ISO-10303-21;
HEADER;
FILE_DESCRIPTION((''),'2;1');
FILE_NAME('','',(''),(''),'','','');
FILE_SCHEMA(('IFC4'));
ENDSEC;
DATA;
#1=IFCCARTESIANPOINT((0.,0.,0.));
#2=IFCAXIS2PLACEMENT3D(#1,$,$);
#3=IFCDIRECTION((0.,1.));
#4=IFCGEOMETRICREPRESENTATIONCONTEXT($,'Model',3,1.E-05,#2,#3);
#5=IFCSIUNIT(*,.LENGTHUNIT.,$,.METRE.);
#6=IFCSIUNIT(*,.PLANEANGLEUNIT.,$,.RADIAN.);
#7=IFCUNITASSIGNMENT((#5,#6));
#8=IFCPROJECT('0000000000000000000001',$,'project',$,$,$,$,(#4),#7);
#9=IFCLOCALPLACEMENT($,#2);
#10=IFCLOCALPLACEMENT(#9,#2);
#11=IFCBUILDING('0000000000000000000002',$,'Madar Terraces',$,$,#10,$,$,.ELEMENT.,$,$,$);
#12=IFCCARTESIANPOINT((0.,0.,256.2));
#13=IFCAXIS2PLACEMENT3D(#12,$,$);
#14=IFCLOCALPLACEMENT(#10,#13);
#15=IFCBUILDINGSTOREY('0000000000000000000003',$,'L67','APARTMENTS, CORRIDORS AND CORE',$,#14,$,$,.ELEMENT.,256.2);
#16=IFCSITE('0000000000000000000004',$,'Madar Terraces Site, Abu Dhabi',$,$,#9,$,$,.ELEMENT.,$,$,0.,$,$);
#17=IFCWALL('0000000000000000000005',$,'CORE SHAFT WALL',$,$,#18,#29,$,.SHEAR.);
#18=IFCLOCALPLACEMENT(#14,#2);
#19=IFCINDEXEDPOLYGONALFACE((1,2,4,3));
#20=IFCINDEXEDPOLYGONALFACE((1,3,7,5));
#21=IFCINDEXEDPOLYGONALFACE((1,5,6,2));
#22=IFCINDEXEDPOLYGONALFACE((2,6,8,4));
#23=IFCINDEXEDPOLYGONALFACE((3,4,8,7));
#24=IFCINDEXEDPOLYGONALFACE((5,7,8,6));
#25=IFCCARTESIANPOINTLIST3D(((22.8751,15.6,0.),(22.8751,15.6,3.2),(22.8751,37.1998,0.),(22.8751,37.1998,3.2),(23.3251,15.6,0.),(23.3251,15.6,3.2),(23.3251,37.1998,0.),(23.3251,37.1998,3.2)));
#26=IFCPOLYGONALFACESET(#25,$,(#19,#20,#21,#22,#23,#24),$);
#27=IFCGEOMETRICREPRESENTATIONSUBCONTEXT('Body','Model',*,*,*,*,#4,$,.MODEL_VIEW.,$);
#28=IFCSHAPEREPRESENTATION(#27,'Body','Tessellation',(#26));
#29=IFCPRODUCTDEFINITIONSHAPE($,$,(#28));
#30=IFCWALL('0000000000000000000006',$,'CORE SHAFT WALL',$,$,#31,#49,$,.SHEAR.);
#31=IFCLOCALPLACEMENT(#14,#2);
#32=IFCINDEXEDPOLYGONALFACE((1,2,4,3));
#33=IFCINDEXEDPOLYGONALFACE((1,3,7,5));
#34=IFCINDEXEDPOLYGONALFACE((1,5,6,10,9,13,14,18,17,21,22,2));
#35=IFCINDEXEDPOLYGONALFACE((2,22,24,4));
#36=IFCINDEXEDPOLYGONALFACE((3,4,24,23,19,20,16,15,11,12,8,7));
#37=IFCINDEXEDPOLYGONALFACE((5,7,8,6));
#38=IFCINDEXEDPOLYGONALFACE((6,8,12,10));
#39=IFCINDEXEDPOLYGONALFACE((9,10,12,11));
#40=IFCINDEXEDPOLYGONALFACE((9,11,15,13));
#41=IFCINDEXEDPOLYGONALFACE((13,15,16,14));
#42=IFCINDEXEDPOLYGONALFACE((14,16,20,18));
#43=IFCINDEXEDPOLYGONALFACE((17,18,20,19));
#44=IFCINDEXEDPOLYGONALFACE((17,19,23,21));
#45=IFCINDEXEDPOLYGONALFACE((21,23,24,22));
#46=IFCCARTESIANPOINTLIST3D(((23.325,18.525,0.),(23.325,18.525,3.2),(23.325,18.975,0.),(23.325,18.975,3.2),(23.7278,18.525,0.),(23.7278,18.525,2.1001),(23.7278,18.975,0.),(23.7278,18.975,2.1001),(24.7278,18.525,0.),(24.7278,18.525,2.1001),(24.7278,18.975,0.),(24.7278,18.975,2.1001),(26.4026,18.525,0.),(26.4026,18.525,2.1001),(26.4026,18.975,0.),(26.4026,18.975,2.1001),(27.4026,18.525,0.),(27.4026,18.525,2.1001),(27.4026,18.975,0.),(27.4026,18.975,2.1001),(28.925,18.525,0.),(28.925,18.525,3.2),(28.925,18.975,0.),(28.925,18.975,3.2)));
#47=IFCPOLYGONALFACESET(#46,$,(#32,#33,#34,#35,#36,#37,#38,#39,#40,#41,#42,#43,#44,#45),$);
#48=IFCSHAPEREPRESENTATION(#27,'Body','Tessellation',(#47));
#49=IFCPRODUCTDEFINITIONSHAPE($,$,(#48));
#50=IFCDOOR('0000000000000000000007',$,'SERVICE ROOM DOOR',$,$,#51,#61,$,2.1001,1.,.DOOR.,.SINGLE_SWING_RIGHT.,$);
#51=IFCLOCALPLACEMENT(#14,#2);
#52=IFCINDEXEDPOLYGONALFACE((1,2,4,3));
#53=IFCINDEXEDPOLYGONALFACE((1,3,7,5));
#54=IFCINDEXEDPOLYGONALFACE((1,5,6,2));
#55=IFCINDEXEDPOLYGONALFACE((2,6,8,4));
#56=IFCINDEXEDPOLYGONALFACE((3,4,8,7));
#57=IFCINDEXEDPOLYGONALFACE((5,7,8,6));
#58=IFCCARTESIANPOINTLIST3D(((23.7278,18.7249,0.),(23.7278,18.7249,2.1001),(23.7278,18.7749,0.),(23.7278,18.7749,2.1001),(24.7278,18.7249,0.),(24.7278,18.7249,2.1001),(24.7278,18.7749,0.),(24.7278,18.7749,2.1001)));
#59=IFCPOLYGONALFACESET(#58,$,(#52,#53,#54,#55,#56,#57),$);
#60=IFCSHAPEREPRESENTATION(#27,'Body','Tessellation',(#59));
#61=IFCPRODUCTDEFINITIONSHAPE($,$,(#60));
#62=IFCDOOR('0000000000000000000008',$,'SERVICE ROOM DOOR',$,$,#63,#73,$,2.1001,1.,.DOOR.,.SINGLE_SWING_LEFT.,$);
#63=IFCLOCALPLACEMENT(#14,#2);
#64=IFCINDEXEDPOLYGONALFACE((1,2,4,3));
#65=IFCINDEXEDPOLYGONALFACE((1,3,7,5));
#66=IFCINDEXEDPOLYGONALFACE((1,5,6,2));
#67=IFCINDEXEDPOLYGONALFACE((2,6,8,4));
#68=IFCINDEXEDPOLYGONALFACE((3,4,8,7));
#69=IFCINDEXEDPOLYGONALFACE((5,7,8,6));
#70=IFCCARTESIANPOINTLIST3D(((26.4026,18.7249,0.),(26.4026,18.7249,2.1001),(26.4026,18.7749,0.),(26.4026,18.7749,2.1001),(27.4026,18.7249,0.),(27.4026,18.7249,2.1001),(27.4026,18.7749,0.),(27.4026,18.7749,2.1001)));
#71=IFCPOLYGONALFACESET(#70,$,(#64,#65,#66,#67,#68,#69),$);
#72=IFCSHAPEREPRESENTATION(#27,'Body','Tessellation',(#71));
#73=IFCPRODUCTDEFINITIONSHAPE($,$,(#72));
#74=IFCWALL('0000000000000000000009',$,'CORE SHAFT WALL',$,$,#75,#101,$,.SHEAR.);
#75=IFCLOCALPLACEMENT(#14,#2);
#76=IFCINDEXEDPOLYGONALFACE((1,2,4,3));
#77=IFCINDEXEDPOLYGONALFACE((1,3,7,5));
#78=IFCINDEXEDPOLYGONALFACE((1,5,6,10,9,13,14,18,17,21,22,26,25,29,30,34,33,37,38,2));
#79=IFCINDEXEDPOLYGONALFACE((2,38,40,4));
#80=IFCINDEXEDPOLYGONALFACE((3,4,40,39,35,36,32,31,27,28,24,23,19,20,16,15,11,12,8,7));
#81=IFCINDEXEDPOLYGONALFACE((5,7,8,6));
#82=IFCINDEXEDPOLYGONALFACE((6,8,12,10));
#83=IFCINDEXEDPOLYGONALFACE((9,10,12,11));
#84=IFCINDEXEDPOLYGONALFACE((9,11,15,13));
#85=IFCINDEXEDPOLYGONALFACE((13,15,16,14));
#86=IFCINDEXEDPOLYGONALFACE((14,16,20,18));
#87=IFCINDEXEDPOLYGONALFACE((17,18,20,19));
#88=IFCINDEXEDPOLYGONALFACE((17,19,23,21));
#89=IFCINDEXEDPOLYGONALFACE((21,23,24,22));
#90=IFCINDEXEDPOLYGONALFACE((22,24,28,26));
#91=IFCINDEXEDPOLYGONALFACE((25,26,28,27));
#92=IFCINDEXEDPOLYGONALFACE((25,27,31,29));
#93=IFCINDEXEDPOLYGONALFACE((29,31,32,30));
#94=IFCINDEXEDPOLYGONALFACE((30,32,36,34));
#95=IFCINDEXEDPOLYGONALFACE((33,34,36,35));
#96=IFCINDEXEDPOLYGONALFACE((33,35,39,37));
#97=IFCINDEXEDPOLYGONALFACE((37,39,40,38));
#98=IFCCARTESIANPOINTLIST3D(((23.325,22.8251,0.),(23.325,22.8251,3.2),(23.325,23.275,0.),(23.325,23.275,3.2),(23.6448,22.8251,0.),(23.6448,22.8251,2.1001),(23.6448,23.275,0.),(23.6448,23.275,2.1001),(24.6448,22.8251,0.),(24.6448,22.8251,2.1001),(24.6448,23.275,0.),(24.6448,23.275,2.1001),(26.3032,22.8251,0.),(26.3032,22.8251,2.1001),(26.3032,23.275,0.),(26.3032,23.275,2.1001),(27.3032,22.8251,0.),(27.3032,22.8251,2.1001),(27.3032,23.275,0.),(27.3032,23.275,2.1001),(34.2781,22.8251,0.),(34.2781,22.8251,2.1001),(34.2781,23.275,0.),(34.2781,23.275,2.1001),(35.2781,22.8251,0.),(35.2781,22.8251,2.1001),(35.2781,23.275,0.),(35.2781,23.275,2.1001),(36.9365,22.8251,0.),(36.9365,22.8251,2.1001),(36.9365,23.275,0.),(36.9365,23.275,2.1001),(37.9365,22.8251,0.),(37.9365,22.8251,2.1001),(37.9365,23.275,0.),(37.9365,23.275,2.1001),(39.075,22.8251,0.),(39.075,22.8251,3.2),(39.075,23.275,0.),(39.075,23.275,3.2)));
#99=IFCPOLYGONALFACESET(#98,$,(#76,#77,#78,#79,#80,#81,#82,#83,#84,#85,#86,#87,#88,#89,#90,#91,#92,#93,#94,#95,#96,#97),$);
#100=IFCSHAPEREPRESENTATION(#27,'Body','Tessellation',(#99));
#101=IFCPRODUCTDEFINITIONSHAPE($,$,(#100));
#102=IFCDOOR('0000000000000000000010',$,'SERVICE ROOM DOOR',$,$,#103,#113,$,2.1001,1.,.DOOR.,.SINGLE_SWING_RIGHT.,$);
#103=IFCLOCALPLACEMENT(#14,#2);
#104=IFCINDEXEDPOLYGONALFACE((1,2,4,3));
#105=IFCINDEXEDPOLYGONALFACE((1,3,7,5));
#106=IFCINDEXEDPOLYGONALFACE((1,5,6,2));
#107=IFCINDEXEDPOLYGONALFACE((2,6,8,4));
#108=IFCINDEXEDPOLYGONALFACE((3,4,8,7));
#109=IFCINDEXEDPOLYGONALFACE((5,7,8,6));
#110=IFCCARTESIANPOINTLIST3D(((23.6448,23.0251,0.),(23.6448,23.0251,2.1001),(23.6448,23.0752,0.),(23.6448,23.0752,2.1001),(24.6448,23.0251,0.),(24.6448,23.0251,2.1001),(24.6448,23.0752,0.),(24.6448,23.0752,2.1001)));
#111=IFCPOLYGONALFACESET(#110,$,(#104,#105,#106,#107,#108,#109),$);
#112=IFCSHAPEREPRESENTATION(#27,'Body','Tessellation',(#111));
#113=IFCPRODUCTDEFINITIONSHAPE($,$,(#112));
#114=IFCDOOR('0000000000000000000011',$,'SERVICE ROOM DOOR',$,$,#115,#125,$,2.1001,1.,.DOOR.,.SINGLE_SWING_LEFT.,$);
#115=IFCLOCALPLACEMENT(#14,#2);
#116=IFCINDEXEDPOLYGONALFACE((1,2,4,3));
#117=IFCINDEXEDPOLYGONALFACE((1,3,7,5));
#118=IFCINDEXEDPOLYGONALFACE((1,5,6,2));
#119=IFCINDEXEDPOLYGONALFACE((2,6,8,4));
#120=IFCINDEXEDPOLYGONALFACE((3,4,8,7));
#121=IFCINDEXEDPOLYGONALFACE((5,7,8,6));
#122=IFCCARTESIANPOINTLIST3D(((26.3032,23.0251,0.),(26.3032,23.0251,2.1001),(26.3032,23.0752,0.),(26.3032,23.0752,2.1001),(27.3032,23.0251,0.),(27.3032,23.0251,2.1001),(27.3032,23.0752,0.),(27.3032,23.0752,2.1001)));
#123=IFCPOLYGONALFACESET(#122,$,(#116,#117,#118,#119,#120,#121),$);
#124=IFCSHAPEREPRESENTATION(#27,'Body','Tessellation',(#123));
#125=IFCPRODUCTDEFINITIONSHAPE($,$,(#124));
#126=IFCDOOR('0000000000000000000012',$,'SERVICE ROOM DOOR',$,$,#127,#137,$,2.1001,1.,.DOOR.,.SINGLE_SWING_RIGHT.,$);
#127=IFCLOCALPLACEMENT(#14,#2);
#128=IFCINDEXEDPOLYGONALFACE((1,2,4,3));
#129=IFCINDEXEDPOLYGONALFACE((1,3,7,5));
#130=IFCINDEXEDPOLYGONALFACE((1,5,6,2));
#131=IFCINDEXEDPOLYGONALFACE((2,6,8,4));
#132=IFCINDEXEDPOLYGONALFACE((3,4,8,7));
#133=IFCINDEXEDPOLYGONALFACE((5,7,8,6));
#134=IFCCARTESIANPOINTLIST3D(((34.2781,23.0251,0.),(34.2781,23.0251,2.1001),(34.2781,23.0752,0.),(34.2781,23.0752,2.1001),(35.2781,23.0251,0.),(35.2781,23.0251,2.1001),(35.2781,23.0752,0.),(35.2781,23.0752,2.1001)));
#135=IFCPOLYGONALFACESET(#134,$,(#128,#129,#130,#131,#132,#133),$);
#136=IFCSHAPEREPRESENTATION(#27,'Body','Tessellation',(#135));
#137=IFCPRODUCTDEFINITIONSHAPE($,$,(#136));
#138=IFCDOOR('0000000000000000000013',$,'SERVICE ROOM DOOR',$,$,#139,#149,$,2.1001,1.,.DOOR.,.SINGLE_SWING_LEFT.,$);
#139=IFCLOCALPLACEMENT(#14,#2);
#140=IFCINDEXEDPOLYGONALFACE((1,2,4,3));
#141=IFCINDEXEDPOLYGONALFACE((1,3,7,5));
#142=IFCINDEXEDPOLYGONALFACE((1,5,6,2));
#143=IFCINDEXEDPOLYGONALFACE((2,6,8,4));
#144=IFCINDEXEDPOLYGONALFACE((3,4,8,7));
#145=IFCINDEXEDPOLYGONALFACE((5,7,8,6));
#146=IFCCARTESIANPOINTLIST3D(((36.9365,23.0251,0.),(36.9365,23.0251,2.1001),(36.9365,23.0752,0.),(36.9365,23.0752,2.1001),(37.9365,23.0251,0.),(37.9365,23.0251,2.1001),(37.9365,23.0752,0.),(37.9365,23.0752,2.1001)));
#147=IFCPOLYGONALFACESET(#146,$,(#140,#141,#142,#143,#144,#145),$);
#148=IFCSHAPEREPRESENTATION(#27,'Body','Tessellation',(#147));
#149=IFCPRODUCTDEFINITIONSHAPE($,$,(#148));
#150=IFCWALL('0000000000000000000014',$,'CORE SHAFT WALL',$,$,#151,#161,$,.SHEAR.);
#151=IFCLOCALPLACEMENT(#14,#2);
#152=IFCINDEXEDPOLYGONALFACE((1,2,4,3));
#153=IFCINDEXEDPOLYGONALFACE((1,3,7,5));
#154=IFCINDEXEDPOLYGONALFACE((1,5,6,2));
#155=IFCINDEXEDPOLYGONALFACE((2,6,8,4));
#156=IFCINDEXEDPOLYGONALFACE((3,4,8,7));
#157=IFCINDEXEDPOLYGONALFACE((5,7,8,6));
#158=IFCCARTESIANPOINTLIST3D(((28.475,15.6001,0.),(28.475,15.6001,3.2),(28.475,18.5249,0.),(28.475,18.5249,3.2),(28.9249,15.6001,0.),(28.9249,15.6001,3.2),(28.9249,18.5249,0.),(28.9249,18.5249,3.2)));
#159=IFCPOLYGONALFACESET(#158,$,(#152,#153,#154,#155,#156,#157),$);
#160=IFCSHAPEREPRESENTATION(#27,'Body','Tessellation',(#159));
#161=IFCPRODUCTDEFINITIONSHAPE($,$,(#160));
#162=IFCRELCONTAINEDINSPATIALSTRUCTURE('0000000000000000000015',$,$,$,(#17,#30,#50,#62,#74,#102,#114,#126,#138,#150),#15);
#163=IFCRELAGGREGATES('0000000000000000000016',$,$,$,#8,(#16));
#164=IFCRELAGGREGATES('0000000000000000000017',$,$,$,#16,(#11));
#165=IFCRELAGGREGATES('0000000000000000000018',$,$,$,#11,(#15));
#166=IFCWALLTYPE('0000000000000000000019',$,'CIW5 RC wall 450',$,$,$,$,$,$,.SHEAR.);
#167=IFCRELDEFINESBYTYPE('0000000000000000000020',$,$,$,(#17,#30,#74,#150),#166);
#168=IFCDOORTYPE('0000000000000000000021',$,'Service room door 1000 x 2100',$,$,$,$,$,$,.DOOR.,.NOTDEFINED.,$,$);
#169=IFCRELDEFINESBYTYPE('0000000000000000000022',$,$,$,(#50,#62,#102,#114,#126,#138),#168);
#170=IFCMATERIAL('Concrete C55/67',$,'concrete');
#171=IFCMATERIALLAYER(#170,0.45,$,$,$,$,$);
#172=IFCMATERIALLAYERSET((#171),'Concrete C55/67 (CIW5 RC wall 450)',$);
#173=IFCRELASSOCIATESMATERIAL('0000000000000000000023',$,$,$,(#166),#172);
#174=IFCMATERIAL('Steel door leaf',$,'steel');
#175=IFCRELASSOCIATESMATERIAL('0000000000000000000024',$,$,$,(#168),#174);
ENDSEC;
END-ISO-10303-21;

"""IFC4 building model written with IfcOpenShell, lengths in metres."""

from ifc_helpers import new_model, si_unit, direction, frame, frame_2d, origin, place, context, subcontext, project, spatial, rectangle, extrude, material, layer, layer_set, type_object, element, fill, save


model = new_model("IFC4")

# Units and contexts
model_context = context("Model", 3, precision=1e-05, world=origin(), true_north=direction((0.0, 1.0)))
body_context = subcontext(model_context, "Body", "Model", "MODEL_VIEW")
ifc_project = project(units=[si_unit("LENGTHUNIT", "METRE"), si_unit("PLANEANGLEUNIT", "RADIAN")], contexts=[model_context])

# Site, building, storey
site_placement = place(None, origin())
site = spatial("IfcSite", under=ifc_project, at=site_placement, Name="Madar Terraces Site, Abu Dhabi", CompositionType="ELEMENT", RefElevation=0.0)
building_placement = place(site_placement, origin())
building = spatial("IfcBuilding", under=site, at=building_placement, Name="Madar Terraces", CompositionType="ELEMENT")
storey_placement = place(building_placement, frame((0.0, 0.0, 256.2)))
storey = spatial("IfcBuildingStorey", under=building, at=storey_placement, Name="L67", Description="APARTMENTS, CORRIDORS AND CORE", CompositionType="ELEMENT", Elevation=256.2)

# Wall
ifc_material_1 = material(Name="Concrete C55/67", Category="concrete")
ifc_layer_1 = layer(ifc_material_1, 0.45)
ifc_layer_set_1 = layer_set([ifc_layer_1], Name="Concrete C55/67 (CIW5 RC wall 450)")
wall_type_1 = type_object("IfcWallType", Name="CIW5 RC wall 450", PredefinedType="SHEAR", material=ifc_layer_set_1)
wall_1_placement = place(storey_placement, frame((23.1001, 15.6001, 0.0), z_axis=(0.0, 0.0, 1.0), x_axis=(0.0, 1.0, 0.0)))
element("IfcWall", 1, at=wall_1_placement, inside=storey, type_object=wall_type_1, Name="CORE SHAFT WALL", PredefinedType="SHEAR", context=body_context, shape_type="SweptSolid", body=[
    extrude(rectangle(XDim=21.5999, YDim=0.45, at=frame_2d((10.7998, 0.0))), origin(), (0.0, 0.0, 1.0), 3.2),
])

# Walls, openings, doors
wall_2_placement = place(storey_placement, frame((23.325, 18.75, 0.0), z_axis=(0.0, 0.0, 1.0), x_axis=(1.0, 0.0, 0.0)))
wall_2 = element("IfcWall", 2, at=wall_2_placement, inside=storey, type_object=wall_type_1, Name="CORE SHAFT WALL", PredefinedType="SHEAR", context=body_context, shape_type="SweptSolid", body=[
    extrude(rectangle(XDim=5.6001, YDim=0.45, at=frame_2d((2.8, 0.0))), origin(), (0.0, 0.0, 1.0), 3.2),
])
opening_1_placement = place(wall_2_placement, frame((0.4028, 0.0, 0.0)))
opening_1 = element("IfcOpeningElement", 3, at=opening_1_placement, cuts=wall_2, PredefinedType="OPENING", context=body_context, shape_type="SweptSolid", body=[
    extrude(rectangle(XDim=1.0, YDim=2.1001, at=frame_2d((0.5, 1.05))), frame((0.0, 0.2349, 0.0), z_axis=(0.0, -1.0, 0.0), x_axis=(1.0, 0.0, 0.0)), (0.0, 0.0, 1.0), 0.47),
])
opening_2_placement = place(wall_2_placement, frame((3.0776, 0.0, 0.0)))
opening_2 = element("IfcOpeningElement", 4, at=opening_2_placement, cuts=wall_2, PredefinedType="OPENING", context=body_context, shape_type="SweptSolid", body=[
    extrude(rectangle(XDim=1.0, YDim=2.1001, at=frame_2d((0.5, 1.05))), frame((0.0, 0.2349, 0.0), z_axis=(0.0, -1.0, 0.0), x_axis=(1.0, 0.0, 0.0)), (0.0, 0.0, 1.0), 0.47),
])
ifc_material_2 = material(Name="Steel door leaf", Category="steel")
door_type = type_object("IfcDoorType", Name="Service room door 1000 x 2100", OperationType="NOTDEFINED", PredefinedType="DOOR", material=ifc_material_2)
door_1_placement = place(opening_1_placement, origin())
door_1 = element("IfcDoor", 5, at=door_1_placement, inside=storey, type_object=door_type, Name="SERVICE ROOM DOOR", OperationType="SINGLE_SWING_RIGHT", OverallHeight=2.1001, OverallWidth=1.0, PredefinedType="DOOR", context=body_context, shape_type="SweptSolid", body=[
    extrude(rectangle(XDim=1.0, YDim=2.1001, at=frame_2d((0.5, 1.05))), frame((0.0, 0.0249, 0.0), z_axis=(0.0, -1.0, 0.0), x_axis=(1.0, 0.0, 0.0)), (0.0, 0.0, 1.0), 0.05),
])
fill(opening_1, door_1)
door_2_placement = place(opening_2_placement, origin())
door_2 = element("IfcDoor", 6, at=door_2_placement, inside=storey, type_object=door_type, Name="SERVICE ROOM DOOR", OperationType="SINGLE_SWING_LEFT", OverallHeight=2.1001, OverallWidth=1.0, PredefinedType="DOOR", context=body_context, shape_type="SweptSolid", body=[
    extrude(rectangle(XDim=1.0, YDim=2.1001, at=frame_2d((0.5, 1.05))), frame((0.0, 0.0249, 0.0), z_axis=(0.0, -1.0, 0.0), x_axis=(1.0, 0.0, 0.0)), (0.0, 0.0, 1.0), 0.05),
])
fill(opening_2, door_2)
wall_3_placement = place(storey_placement, frame((23.325, 23.05, 0.0), z_axis=(0.0, 0.0, 1.0), x_axis=(1.0, 0.0, 0.0)))
wall_3 = element("IfcWall", 7, at=wall_3_placement, inside=storey, type_object=wall_type_1, Name="CORE SHAFT WALL", PredefinedType="SHEAR", context=body_context, shape_type="SweptSolid", body=[
    extrude(rectangle(XDim=15.75, YDim=0.45, at=frame_2d((7.875, 0.0))), origin(), (0.0, 0.0, 1.0), 3.2),
])
opening_3_placement = place(wall_3_placement, frame((0.3198, 0.0, 0.0)))
opening_3 = element("IfcOpeningElement", 8, at=opening_3_placement, cuts=wall_3, PredefinedType="OPENING", context=body_context, shape_type="SweptSolid", body=[
    extrude(rectangle(XDim=1.0, YDim=2.1001, at=frame_2d((0.5, 1.05))), frame((0.0, 0.2349, 0.0), z_axis=(0.0, -1.0, 0.0), x_axis=(1.0, 0.0, 0.0)), (0.0, 0.0, 1.0), 0.47),
])
opening_4_placement = place(wall_3_placement, frame((2.9783, 0.0, 0.0)))
opening_4 = element("IfcOpeningElement", 9, at=opening_4_placement, cuts=wall_3, PredefinedType="OPENING", context=body_context, shape_type="SweptSolid", body=[
    extrude(rectangle(XDim=1.0, YDim=2.1001, at=frame_2d((0.5, 1.05))), frame((0.0, 0.2349, 0.0), z_axis=(0.0, -1.0, 0.0), x_axis=(1.0, 0.0, 0.0)), (0.0, 0.0, 1.0), 0.47),
])
opening_5_placement = place(wall_3_placement, frame((10.9531, 0.0, 0.0)))
opening_5 = element("IfcOpeningElement", 10, at=opening_5_placement, cuts=wall_3, PredefinedType="OPENING", context=body_context, shape_type="SweptSolid", body=[
    extrude(rectangle(XDim=1.0, YDim=2.1001, at=frame_2d((0.5, 1.05))), frame((0.0, 0.2349, 0.0), z_axis=(0.0, -1.0, 0.0), x_axis=(1.0, 0.0, 0.0)), (0.0, 0.0, 1.0), 0.47),
])
opening_6_placement = place(wall_3_placement, frame((13.6116, 0.0, 0.0)))
opening_6 = element("IfcOpeningElement", 11, at=opening_6_placement, cuts=wall_3, PredefinedType="OPENING", context=body_context, shape_type="SweptSolid", body=[
    extrude(rectangle(XDim=1.0, YDim=2.1001, at=frame_2d((0.5, 1.05))), frame((0.0, 0.2349, 0.0), z_axis=(0.0, -1.0, 0.0), x_axis=(1.0, 0.0, 0.0)), (0.0, 0.0, 1.0), 0.47),
])
door_3_placement = place(opening_3_placement, frame((1.0, 0.0, 0.0), z_axis=(0.0, 0.0, 1.0), x_axis=(-1.0, 0.0, 0.0)))
door_3 = element("IfcDoor", 12, at=door_3_placement, inside=storey, type_object=door_type, Name="SERVICE ROOM DOOR", OperationType="SINGLE_SWING_RIGHT", OverallHeight=2.1001, OverallWidth=1.0, PredefinedType="DOOR", context=body_context, shape_type="SweptSolid", body=[
    extrude(rectangle(XDim=1.0, YDim=2.1001, at=frame_2d((0.5, 1.05))), frame((0.0, 0.0249, 0.0), z_axis=(0.0, -1.0, 0.0), x_axis=(1.0, 0.0, 0.0)), (0.0, 0.0, 1.0), 0.05),
])
fill(opening_3, door_3)
door_4_placement = place(opening_4_placement, frame((1.0, 0.0, 0.0), z_axis=(0.0, 0.0, 1.0), x_axis=(-1.0, 0.0, 0.0)))
door_4 = element("IfcDoor", 13, at=door_4_placement, inside=storey, type_object=door_type, Name="SERVICE ROOM DOOR", OperationType="SINGLE_SWING_LEFT", OverallHeight=2.1001, OverallWidth=1.0, PredefinedType="DOOR", context=body_context, shape_type="SweptSolid", body=[
    extrude(rectangle(XDim=1.0, YDim=2.1001, at=frame_2d((0.5, 1.05))), frame((0.0, 0.0249, 0.0), z_axis=(0.0, -1.0, 0.0), x_axis=(1.0, 0.0, 0.0)), (0.0, 0.0, 1.0), 0.05),
])
fill(opening_4, door_4)
door_5_placement = place(opening_5_placement, frame((1.0, 0.0, 0.0), z_axis=(0.0, 0.0, 1.0), x_axis=(-1.0, 0.0, 0.0)))
door_5 = element("IfcDoor", 14, at=door_5_placement, inside=storey, type_object=door_type, Name="SERVICE ROOM DOOR", OperationType="SINGLE_SWING_RIGHT", OverallHeight=2.1001, OverallWidth=1.0, PredefinedType="DOOR", context=body_context, shape_type="SweptSolid", body=[
    extrude(rectangle(XDim=1.0, YDim=2.1001, at=frame_2d((0.5, 1.05))), frame((0.0, 0.0249, 0.0), z_axis=(0.0, -1.0, 0.0), x_axis=(1.0, 0.0, 0.0)), (0.0, 0.0, 1.0), 0.05),
])
fill(opening_5, door_5)
door_6_placement = place(opening_6_placement, frame((1.0, 0.0, 0.0), z_axis=(0.0, 0.0, 1.0), x_axis=(-1.0, 0.0, 0.0)))
door_6 = element("IfcDoor", 15, at=door_6_placement, inside=storey, type_object=door_type, Name="SERVICE ROOM DOOR", OperationType="SINGLE_SWING_LEFT", OverallHeight=2.1001, OverallWidth=1.0, PredefinedType="DOOR", context=body_context, shape_type="SweptSolid", body=[
    extrude(rectangle(XDim=1.0, YDim=2.1001, at=frame_2d((0.5, 1.05))), frame((0.0, 0.0249, 0.0), z_axis=(0.0, -1.0, 0.0), x_axis=(1.0, 0.0, 0.0)), (0.0, 0.0, 1.0), 0.05),
])
fill(opening_6, door_6)

# Wall
wall_4_placement = place(storey_placement, frame((28.7, 15.6001, 0.0), z_axis=(0.0, 0.0, 1.0), x_axis=(0.0, 1.0, 0.0)))
element("IfcWall", 16, at=wall_4_placement, inside=storey, type_object=wall_type_1, Name="CORE SHAFT WALL", PredefinedType="SHEAR", context=body_context, shape_type="SweptSolid", body=[
    extrude(rectangle(XDim=2.9248, YDim=0.45, at=frame_2d((1.4624, 0.0))), origin(), (0.0, 0.0, 1.0), 3.2),
])

save(model, "model.ifc")
